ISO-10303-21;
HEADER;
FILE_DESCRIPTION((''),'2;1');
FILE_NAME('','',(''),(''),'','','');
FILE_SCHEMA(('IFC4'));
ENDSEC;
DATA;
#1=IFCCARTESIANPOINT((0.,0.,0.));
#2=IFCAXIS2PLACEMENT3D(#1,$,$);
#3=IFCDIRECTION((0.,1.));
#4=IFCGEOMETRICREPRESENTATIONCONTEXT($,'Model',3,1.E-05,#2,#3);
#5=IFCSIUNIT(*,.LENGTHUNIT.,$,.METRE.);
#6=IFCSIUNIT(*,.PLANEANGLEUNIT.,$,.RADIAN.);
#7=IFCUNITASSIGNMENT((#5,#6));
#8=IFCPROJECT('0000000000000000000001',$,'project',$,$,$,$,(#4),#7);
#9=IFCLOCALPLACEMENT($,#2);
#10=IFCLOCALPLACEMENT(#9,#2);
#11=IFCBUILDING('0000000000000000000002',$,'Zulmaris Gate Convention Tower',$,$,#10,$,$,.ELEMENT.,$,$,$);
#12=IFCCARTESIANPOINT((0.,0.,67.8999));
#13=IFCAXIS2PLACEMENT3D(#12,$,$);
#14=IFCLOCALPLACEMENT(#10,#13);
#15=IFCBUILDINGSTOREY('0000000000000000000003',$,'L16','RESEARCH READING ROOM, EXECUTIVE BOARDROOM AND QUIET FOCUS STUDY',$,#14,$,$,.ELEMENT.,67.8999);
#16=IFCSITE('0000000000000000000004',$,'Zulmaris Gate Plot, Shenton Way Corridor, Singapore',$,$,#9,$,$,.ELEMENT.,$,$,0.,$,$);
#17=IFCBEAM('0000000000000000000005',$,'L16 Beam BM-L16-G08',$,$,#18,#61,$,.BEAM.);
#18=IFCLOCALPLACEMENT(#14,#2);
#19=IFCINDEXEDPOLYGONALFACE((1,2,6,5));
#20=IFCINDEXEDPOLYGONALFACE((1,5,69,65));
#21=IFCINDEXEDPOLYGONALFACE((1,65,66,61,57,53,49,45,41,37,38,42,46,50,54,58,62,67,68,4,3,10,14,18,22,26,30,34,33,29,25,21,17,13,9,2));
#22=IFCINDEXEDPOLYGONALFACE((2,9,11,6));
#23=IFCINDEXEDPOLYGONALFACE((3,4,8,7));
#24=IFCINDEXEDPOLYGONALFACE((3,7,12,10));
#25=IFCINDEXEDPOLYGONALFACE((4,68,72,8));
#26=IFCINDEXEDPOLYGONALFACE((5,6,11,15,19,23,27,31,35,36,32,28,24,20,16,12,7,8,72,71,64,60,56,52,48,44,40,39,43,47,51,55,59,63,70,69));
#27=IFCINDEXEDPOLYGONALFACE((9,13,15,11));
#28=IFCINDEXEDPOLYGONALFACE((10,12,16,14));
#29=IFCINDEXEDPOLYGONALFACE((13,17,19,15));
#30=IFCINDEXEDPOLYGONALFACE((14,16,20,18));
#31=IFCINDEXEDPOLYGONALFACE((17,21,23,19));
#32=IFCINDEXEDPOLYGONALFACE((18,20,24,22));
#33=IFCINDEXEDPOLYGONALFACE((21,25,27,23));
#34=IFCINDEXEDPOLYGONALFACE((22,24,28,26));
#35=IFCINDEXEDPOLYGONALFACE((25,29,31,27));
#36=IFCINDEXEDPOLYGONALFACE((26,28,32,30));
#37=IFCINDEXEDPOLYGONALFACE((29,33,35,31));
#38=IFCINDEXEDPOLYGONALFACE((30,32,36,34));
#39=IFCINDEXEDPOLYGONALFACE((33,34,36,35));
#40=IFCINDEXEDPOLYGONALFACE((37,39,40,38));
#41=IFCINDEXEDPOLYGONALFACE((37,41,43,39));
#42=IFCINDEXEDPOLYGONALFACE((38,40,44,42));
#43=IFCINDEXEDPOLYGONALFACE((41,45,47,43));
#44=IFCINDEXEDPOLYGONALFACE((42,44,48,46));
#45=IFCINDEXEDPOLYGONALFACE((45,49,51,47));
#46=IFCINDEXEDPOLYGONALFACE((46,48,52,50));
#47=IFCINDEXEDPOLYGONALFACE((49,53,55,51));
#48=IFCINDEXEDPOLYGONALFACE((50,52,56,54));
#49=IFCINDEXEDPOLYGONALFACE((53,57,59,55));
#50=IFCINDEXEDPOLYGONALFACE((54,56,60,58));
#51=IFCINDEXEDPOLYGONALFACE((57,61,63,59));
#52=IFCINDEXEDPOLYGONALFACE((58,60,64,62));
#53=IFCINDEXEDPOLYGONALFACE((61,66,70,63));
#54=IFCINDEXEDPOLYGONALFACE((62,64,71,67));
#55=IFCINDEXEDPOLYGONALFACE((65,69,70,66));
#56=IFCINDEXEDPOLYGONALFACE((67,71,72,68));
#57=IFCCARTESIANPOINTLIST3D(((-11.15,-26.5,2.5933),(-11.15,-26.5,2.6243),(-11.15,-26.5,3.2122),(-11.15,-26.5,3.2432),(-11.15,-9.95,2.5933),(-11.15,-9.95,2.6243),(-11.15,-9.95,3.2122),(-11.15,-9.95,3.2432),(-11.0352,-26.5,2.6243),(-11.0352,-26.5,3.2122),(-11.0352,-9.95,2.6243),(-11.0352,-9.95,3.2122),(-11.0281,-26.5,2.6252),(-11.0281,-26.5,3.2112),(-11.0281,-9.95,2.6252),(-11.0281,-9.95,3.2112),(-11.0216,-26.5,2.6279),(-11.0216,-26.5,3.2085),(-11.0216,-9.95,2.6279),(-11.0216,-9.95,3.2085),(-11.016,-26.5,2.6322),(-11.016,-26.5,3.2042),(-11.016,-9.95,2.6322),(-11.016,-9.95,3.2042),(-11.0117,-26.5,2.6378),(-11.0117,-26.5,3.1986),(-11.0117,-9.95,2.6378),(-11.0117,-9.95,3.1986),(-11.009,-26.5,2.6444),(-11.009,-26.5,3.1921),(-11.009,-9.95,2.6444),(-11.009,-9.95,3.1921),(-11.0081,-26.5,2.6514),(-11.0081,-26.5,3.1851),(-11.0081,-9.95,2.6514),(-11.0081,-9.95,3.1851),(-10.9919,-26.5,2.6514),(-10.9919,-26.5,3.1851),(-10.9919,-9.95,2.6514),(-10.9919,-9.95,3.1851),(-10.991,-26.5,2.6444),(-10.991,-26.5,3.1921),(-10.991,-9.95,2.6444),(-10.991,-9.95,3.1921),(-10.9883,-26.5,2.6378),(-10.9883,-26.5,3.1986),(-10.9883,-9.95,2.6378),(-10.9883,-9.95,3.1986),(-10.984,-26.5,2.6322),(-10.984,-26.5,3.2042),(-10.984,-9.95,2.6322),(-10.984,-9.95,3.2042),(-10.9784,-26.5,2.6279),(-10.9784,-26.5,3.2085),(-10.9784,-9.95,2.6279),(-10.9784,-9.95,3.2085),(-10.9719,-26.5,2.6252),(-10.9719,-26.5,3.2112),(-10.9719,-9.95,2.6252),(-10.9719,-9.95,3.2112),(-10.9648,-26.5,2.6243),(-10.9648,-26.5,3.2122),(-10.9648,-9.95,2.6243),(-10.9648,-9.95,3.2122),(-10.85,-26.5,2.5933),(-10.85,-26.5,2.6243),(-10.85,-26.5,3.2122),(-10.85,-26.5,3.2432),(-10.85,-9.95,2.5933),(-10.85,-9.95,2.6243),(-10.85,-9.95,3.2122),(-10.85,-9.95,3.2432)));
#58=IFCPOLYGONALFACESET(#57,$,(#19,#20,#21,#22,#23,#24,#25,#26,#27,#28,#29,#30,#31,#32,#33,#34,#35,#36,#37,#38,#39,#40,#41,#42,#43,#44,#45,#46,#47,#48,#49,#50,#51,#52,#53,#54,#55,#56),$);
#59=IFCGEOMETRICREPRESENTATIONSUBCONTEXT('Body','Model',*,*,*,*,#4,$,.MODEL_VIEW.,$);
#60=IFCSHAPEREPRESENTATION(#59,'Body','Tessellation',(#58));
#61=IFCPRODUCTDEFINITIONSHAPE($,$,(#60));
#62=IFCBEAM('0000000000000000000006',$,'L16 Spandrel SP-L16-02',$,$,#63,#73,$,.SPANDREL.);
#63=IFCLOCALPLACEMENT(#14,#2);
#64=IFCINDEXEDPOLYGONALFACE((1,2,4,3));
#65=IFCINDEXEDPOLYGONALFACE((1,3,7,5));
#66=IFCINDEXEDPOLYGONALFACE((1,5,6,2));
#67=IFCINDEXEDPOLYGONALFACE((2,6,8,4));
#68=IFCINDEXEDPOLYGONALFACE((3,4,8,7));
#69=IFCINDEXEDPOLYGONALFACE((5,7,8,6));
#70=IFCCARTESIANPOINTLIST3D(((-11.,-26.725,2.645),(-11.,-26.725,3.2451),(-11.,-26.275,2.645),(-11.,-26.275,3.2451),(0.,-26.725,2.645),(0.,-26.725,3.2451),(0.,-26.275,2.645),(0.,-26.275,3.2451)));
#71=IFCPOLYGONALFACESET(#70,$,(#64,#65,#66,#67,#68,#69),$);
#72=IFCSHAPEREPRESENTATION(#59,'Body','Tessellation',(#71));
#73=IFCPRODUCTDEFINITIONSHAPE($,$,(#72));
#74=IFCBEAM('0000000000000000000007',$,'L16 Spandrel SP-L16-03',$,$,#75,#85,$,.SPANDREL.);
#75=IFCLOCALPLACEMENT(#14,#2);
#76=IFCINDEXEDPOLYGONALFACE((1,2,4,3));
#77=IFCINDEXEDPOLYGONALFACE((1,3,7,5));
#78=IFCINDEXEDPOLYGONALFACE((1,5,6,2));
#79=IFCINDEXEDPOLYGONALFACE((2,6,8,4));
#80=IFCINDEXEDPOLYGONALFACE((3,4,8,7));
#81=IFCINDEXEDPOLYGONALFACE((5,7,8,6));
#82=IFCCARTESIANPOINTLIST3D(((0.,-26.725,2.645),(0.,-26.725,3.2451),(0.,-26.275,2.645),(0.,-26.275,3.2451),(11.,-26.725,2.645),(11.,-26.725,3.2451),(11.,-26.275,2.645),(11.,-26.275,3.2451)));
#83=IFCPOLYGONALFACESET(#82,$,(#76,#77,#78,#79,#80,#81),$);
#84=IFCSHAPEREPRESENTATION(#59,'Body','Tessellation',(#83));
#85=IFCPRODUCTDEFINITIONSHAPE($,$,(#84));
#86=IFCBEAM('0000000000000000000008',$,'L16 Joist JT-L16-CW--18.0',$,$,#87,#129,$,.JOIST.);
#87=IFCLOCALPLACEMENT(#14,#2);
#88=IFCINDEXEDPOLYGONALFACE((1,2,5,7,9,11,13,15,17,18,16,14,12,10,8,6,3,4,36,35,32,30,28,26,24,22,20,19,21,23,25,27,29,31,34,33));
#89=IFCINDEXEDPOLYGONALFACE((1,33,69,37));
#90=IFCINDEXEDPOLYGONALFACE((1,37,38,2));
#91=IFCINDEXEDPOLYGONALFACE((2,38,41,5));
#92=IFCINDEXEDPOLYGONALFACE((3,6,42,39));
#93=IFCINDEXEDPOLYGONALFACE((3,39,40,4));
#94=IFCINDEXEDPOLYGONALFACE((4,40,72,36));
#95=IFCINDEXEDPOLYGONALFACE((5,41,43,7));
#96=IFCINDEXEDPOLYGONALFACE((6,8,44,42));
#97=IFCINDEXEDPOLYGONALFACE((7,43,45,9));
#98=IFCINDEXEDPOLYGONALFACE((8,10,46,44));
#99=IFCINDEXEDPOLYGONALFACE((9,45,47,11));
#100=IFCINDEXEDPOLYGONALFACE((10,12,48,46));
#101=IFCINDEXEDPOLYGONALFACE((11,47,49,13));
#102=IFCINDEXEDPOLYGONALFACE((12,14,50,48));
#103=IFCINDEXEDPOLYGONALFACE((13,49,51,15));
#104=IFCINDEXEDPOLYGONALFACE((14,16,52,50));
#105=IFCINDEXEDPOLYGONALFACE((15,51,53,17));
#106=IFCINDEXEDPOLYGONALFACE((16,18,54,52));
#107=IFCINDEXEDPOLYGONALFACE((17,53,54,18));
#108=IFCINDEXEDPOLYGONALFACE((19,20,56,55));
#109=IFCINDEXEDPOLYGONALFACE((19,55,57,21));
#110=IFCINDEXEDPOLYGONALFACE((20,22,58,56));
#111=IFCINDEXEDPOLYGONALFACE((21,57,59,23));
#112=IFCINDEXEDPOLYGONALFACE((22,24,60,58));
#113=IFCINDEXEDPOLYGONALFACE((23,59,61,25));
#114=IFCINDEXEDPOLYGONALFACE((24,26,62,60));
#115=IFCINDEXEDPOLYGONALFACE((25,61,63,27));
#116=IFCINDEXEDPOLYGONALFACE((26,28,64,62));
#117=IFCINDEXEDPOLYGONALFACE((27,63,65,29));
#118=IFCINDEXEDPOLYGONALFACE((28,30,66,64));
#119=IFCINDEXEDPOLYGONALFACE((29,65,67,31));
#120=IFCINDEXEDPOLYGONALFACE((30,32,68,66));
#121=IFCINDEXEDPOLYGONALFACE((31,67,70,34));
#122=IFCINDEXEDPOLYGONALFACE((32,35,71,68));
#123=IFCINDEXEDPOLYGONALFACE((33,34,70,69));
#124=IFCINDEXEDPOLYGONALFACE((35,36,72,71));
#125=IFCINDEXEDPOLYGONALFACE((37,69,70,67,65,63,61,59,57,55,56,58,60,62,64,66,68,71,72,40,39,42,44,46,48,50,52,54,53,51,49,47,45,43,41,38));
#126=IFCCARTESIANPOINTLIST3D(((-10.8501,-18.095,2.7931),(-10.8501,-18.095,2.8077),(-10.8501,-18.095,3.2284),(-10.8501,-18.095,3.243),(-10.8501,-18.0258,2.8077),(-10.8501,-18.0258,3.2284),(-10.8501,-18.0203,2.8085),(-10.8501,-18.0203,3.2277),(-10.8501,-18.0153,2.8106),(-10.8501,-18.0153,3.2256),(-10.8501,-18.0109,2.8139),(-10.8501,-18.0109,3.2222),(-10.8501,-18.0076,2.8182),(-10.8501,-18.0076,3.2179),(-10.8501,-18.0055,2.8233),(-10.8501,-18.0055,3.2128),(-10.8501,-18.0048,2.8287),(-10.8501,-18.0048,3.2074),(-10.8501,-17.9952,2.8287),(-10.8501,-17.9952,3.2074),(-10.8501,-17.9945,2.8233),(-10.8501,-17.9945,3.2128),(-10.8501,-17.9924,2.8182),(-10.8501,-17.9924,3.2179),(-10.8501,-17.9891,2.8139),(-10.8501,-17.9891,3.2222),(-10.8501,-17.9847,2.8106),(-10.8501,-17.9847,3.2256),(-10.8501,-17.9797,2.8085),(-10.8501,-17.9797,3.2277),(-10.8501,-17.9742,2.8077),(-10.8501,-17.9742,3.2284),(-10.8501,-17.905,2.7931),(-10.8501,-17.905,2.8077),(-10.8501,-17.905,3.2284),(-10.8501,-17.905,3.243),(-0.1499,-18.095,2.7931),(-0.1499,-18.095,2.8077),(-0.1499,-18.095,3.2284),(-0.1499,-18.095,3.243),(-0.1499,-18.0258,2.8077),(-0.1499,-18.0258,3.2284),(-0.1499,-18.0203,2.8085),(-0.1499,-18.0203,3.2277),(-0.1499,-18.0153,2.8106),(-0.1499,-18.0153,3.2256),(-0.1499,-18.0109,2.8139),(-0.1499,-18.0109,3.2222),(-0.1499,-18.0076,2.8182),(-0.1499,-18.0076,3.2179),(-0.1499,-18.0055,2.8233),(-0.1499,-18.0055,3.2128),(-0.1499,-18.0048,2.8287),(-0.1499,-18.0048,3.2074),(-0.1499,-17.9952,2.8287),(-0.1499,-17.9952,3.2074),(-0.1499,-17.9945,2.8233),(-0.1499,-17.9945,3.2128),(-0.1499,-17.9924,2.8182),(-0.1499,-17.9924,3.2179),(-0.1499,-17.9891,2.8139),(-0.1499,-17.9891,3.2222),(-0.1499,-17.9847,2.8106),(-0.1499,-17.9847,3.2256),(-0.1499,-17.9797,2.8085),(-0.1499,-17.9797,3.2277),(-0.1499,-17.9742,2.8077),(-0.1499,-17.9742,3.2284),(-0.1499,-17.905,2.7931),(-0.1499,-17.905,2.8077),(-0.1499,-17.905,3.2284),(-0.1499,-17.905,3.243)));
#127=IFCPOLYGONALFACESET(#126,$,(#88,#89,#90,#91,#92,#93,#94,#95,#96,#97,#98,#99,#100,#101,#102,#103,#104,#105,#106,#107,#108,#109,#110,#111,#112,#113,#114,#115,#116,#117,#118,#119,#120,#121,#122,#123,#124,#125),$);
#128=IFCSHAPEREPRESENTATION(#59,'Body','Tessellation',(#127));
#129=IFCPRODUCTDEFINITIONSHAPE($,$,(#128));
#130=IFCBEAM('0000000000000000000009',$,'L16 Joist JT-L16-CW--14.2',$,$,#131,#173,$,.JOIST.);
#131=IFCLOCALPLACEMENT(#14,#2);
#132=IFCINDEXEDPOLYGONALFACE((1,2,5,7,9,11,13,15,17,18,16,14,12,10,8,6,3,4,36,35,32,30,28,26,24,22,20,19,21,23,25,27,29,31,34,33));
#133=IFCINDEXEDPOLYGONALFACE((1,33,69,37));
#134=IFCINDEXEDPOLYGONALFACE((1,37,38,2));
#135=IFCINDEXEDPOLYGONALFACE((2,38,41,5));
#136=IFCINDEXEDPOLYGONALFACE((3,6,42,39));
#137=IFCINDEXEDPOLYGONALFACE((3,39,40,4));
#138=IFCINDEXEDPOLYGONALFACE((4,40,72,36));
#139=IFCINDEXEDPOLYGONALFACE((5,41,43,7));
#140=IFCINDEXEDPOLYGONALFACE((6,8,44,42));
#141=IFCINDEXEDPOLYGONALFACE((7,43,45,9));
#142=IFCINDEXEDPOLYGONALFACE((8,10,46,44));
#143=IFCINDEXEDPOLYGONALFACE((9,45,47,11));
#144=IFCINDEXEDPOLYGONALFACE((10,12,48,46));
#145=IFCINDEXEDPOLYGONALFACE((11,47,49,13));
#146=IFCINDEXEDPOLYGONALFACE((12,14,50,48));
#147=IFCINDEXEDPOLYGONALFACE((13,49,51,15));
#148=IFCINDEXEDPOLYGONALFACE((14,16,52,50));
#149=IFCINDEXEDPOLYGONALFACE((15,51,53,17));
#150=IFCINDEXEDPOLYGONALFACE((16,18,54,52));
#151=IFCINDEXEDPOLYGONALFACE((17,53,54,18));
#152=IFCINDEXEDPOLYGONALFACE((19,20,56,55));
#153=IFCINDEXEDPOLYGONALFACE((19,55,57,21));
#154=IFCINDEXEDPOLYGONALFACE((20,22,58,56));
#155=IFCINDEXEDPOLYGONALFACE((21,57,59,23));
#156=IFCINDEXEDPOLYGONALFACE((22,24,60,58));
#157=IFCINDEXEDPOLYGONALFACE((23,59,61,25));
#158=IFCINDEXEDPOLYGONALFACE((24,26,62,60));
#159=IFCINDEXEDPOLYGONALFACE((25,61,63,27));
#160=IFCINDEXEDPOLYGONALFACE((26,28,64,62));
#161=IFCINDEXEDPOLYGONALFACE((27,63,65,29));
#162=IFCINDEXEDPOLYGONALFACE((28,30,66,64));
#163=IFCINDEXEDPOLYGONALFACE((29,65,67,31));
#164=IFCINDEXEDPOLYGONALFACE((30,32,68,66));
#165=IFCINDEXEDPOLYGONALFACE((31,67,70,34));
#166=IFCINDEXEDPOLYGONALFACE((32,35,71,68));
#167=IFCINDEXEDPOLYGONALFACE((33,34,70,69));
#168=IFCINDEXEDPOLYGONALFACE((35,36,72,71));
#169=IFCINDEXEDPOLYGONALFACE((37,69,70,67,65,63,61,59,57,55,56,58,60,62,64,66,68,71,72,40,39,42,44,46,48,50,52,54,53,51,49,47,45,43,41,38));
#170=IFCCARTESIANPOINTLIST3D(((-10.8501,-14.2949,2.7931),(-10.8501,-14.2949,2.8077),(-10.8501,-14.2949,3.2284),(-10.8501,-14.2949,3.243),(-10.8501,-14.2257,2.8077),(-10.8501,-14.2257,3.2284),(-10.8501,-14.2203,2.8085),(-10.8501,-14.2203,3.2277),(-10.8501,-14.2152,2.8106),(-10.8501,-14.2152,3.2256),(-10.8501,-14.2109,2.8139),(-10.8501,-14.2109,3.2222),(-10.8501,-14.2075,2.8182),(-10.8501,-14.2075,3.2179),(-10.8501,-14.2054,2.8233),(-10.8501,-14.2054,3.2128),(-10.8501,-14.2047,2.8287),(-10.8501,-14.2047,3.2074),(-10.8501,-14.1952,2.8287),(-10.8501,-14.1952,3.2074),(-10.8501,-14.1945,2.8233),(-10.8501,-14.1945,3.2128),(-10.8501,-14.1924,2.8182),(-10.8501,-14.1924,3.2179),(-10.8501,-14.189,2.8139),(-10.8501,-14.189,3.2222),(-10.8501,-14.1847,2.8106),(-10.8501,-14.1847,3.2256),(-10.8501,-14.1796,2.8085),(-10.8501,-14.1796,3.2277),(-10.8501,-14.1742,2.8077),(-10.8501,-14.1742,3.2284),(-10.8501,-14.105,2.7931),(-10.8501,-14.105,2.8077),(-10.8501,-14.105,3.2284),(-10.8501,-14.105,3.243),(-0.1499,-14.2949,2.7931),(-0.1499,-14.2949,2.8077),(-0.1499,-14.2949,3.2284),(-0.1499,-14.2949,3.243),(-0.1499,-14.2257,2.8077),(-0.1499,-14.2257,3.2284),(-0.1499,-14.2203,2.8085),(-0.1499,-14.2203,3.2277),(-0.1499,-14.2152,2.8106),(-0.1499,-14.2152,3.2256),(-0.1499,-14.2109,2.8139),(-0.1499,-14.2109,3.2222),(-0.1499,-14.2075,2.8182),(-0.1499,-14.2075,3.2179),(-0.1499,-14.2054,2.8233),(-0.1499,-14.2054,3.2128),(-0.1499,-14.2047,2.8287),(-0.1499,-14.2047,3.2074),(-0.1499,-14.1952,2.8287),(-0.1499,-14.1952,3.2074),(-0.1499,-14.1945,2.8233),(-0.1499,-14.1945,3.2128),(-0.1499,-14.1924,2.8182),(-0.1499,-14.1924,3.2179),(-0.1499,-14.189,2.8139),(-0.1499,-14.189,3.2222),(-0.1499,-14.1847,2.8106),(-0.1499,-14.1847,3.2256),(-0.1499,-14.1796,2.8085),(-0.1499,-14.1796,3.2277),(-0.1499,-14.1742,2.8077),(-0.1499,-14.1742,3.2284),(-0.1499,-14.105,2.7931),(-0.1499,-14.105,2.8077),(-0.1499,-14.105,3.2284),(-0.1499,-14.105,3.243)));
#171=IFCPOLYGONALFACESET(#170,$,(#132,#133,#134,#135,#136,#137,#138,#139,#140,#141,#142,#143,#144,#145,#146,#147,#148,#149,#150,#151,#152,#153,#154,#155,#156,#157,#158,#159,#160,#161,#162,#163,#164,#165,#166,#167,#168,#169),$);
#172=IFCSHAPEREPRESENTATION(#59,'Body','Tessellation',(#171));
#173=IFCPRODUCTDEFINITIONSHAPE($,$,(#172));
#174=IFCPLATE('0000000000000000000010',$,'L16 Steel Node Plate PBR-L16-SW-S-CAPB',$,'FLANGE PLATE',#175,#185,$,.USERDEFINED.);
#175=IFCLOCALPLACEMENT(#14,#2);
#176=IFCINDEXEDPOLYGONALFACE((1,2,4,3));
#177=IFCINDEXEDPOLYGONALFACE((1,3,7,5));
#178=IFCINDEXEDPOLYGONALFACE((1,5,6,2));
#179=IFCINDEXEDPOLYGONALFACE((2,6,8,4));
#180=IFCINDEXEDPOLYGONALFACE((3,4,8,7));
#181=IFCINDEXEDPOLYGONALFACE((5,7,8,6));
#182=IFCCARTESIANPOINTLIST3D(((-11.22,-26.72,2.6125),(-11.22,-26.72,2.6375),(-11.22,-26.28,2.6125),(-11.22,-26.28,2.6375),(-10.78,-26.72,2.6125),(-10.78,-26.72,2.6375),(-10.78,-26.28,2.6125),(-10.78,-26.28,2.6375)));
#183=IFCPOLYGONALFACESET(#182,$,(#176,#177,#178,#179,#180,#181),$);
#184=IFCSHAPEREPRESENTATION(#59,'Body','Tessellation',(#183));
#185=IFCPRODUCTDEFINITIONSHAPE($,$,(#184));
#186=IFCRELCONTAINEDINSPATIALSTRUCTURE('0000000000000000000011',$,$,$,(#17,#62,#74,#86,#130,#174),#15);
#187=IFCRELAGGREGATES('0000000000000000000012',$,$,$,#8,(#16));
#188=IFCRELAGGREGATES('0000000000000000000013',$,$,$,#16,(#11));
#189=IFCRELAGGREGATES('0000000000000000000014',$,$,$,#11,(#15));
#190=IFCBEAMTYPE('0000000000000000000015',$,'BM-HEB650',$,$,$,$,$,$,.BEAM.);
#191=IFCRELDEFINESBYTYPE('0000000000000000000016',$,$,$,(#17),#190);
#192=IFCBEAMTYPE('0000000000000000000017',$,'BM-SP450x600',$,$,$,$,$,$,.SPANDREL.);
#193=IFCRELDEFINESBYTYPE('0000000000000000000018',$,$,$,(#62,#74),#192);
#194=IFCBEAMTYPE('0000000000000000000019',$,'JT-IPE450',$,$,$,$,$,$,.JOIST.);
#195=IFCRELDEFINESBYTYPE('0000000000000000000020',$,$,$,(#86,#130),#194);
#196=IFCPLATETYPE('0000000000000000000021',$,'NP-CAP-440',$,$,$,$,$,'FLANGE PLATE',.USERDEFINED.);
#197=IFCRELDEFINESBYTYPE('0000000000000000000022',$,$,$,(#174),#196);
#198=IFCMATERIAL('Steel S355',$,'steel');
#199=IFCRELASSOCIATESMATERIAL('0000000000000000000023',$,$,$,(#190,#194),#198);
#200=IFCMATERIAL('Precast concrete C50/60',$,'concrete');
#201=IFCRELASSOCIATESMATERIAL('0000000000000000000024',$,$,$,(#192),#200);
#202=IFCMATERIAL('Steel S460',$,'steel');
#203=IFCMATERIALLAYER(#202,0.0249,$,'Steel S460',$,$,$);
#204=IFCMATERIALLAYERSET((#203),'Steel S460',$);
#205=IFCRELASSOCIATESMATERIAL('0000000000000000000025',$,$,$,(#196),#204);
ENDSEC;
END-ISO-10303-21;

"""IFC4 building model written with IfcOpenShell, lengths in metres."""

from ifc_helpers import new_model, si_unit, direction, frame, origin, origin_2d, place, context, subcontext, project, spatial, rectangle, i_section, extrude, material, layer, layer_set, material_profile, profile_set, type_object, element, save


model = new_model("IFC4")

# Units and contexts
model_context = context("Model", 3, precision=1e-05, world=origin(), true_north=direction((0.0, 1.0)))
body_context = subcontext(model_context, "Body", "Model", "MODEL_VIEW")
ifc_project = project(units=[si_unit("LENGTHUNIT", "METRE"), si_unit("PLANEANGLEUNIT", "RADIAN")], contexts=[model_context])

# Site, building, storey
site_placement = place(None, origin())
site = spatial("IfcSite", under=ifc_project, at=site_placement, Name="Zulmaris Gate Plot, Shenton Way Corridor, Singapore", CompositionType="ELEMENT", RefElevation=0.0)
building_placement = place(site_placement, origin())
building = spatial("IfcBuilding", under=site, at=building_placement, Name="Zulmaris Gate Convention Tower", CompositionType="ELEMENT")
storey_placement = place(building_placement, frame((0.0, 0.0, 67.8999)))
storey = spatial("IfcBuildingStorey", under=building, at=storey_placement, Name="L16", Description="RESEARCH READING ROOM, EXECUTIVE BOARDROOM AND QUIET FOCUS STUDY", CompositionType="ELEMENT", Elevation=67.8999)

# Beams
ifc_material_1 = material(Name="Steel S355", Category="steel")
ifc_material_profile_1 = material_profile(ifc_material_1, i_section(OverallWidth=0.3, OverallDepth=0.6499, WebThickness=0.0161, FlangeThickness=0.031, FilletRadius=0.0271, at=origin_2d()), Name="HEB 650")
ifc_profile_set_1 = profile_set([ifc_material_profile_1], Name="Steel S355")
beam_type_1 = type_object("IfcBeamType", Name="BM-HEB650", PredefinedType="BEAM", material=ifc_profile_set_1)
beam_1_placement = place(storey_placement, frame((-11.0, -26.5, 2.9182), z_axis=(0.0, 1.0, 0.0), x_axis=(-1.0, 0.0, 0.0)))
element("IfcBeam", 1, at=beam_1_placement, inside=storey, type_object=beam_type_1, Name="L16 Beam BM-L16-G08", PredefinedType="BEAM", context=body_context, shape_type="SweptSolid", body=[
    extrude(i_section(OverallWidth=0.3, OverallDepth=0.6499, WebThickness=0.0161, FlangeThickness=0.031, FilletRadius=0.0271, at=origin_2d()), origin(), (0.0, 0.0, 1.0), 16.55),
])
ifc_material_2 = material(Name="Precast concrete C50/60", Category="concrete")
ifc_material_profile_2 = material_profile(ifc_material_2, rectangle(XDim=0.45, YDim=0.6001, at=origin_2d()), Name="RC SPANDREL 450x600")
ifc_profile_set_2 = profile_set([ifc_material_profile_2], Name="Precast concrete C50/60")
beam_type_2 = type_object("IfcBeamType", Name="BM-SP450x600", PredefinedType="SPANDREL", material=ifc_profile_set_2)
for number, where, z_axis, x_axis, name in (
    (2, (-11.0, -26.5, 2.9451), (1.0, 0.0, 0.0), (0.0, 1.0, 0.0), "L16 Spandrel SP-L16-02"),
    (3, (0.0, -26.5, 2.9451), (1.0, 0.0, 0.0), (0.0, 1.0, 0.0), "L16 Spandrel SP-L16-03"),
):
    element("IfcBeam", number, at=place(storey_placement, frame(where, z_axis=z_axis, x_axis=x_axis)), inside=storey, type_object=beam_type_2, Name=name, PredefinedType="SPANDREL", context=body_context, shape_type="SweptSolid", body=[
        extrude(rectangle(XDim=0.45, YDim=0.6001, at=origin_2d()), origin(), (0.0, 0.0, 1.0), 11.0),
    ])
ifc_material_profile_3 = material_profile(ifc_material_1, i_section(OverallWidth=0.1899, OverallDepth=0.45, WebThickness=0.0095, FlangeThickness=0.0146, FilletRadius=0.021, at=origin_2d()), Name="IPE 450")
ifc_profile_set_3 = profile_set([ifc_material_profile_3], Name="Steel S355")
beam_type_3 = type_object("IfcBeamType", Name="JT-IPE450", PredefinedType="JOIST", material=ifc_profile_set_3)
for number, where, z_axis, x_axis, name in (
    (4, (-10.8501, -18.0, 3.0181), (1.0, 0.0, 0.0), (0.0, 1.0, 0.0), "L16 Joist JT-L16-CW--18.0"),
    (5, (-10.8501, -14.2, 3.0181), (1.0, 0.0, 0.0), (0.0, 1.0, 0.0), "L16 Joist JT-L16-CW--14.2"),
):
    element("IfcBeam", number, at=place(storey_placement, frame(where, z_axis=z_axis, x_axis=x_axis)), inside=storey, type_object=beam_type_3, Name=name, PredefinedType="JOIST", context=body_context, shape_type="SweptSolid", body=[
        extrude(i_section(OverallWidth=0.1899, OverallDepth=0.45, WebThickness=0.0095, FlangeThickness=0.0146, FilletRadius=0.021, at=origin_2d()), origin(), (0.0, 0.0, 1.0), 10.7002),
    ])

# Plate
ifc_material_3 = material(Name="Steel S460", Category="steel")
ifc_layer_1 = layer(ifc_material_3, 0.0249, Name="Steel S460")
ifc_layer_set_1 = layer_set([ifc_layer_1], Name="Steel S460")
plate_type = type_object("IfcPlateType", Name="NP-CAP-440", ElementType="FLANGE PLATE", PredefinedType="USERDEFINED", material=ifc_layer_set_1)
plate_placement = place(storey_placement, frame((-11.0, -26.5, 2.6125), z_axis=(0.0, 0.0, 1.0), x_axis=(1.0, 0.0, 0.0)))
element("IfcPlate", 6, at=plate_placement, inside=storey, type_object=plate_type, Name="L16 Steel Node Plate PBR-L16-SW-S-CAPB", ObjectType="FLANGE PLATE", PredefinedType="USERDEFINED", context=body_context, shape_type="SweptSolid", body=[
    extrude(rectangle(XDim=0.4399, YDim=0.4399, at=origin_2d()), origin(), (0.0, 0.0, 1.0), 0.0249),
])

save(model, "model.ifc")
